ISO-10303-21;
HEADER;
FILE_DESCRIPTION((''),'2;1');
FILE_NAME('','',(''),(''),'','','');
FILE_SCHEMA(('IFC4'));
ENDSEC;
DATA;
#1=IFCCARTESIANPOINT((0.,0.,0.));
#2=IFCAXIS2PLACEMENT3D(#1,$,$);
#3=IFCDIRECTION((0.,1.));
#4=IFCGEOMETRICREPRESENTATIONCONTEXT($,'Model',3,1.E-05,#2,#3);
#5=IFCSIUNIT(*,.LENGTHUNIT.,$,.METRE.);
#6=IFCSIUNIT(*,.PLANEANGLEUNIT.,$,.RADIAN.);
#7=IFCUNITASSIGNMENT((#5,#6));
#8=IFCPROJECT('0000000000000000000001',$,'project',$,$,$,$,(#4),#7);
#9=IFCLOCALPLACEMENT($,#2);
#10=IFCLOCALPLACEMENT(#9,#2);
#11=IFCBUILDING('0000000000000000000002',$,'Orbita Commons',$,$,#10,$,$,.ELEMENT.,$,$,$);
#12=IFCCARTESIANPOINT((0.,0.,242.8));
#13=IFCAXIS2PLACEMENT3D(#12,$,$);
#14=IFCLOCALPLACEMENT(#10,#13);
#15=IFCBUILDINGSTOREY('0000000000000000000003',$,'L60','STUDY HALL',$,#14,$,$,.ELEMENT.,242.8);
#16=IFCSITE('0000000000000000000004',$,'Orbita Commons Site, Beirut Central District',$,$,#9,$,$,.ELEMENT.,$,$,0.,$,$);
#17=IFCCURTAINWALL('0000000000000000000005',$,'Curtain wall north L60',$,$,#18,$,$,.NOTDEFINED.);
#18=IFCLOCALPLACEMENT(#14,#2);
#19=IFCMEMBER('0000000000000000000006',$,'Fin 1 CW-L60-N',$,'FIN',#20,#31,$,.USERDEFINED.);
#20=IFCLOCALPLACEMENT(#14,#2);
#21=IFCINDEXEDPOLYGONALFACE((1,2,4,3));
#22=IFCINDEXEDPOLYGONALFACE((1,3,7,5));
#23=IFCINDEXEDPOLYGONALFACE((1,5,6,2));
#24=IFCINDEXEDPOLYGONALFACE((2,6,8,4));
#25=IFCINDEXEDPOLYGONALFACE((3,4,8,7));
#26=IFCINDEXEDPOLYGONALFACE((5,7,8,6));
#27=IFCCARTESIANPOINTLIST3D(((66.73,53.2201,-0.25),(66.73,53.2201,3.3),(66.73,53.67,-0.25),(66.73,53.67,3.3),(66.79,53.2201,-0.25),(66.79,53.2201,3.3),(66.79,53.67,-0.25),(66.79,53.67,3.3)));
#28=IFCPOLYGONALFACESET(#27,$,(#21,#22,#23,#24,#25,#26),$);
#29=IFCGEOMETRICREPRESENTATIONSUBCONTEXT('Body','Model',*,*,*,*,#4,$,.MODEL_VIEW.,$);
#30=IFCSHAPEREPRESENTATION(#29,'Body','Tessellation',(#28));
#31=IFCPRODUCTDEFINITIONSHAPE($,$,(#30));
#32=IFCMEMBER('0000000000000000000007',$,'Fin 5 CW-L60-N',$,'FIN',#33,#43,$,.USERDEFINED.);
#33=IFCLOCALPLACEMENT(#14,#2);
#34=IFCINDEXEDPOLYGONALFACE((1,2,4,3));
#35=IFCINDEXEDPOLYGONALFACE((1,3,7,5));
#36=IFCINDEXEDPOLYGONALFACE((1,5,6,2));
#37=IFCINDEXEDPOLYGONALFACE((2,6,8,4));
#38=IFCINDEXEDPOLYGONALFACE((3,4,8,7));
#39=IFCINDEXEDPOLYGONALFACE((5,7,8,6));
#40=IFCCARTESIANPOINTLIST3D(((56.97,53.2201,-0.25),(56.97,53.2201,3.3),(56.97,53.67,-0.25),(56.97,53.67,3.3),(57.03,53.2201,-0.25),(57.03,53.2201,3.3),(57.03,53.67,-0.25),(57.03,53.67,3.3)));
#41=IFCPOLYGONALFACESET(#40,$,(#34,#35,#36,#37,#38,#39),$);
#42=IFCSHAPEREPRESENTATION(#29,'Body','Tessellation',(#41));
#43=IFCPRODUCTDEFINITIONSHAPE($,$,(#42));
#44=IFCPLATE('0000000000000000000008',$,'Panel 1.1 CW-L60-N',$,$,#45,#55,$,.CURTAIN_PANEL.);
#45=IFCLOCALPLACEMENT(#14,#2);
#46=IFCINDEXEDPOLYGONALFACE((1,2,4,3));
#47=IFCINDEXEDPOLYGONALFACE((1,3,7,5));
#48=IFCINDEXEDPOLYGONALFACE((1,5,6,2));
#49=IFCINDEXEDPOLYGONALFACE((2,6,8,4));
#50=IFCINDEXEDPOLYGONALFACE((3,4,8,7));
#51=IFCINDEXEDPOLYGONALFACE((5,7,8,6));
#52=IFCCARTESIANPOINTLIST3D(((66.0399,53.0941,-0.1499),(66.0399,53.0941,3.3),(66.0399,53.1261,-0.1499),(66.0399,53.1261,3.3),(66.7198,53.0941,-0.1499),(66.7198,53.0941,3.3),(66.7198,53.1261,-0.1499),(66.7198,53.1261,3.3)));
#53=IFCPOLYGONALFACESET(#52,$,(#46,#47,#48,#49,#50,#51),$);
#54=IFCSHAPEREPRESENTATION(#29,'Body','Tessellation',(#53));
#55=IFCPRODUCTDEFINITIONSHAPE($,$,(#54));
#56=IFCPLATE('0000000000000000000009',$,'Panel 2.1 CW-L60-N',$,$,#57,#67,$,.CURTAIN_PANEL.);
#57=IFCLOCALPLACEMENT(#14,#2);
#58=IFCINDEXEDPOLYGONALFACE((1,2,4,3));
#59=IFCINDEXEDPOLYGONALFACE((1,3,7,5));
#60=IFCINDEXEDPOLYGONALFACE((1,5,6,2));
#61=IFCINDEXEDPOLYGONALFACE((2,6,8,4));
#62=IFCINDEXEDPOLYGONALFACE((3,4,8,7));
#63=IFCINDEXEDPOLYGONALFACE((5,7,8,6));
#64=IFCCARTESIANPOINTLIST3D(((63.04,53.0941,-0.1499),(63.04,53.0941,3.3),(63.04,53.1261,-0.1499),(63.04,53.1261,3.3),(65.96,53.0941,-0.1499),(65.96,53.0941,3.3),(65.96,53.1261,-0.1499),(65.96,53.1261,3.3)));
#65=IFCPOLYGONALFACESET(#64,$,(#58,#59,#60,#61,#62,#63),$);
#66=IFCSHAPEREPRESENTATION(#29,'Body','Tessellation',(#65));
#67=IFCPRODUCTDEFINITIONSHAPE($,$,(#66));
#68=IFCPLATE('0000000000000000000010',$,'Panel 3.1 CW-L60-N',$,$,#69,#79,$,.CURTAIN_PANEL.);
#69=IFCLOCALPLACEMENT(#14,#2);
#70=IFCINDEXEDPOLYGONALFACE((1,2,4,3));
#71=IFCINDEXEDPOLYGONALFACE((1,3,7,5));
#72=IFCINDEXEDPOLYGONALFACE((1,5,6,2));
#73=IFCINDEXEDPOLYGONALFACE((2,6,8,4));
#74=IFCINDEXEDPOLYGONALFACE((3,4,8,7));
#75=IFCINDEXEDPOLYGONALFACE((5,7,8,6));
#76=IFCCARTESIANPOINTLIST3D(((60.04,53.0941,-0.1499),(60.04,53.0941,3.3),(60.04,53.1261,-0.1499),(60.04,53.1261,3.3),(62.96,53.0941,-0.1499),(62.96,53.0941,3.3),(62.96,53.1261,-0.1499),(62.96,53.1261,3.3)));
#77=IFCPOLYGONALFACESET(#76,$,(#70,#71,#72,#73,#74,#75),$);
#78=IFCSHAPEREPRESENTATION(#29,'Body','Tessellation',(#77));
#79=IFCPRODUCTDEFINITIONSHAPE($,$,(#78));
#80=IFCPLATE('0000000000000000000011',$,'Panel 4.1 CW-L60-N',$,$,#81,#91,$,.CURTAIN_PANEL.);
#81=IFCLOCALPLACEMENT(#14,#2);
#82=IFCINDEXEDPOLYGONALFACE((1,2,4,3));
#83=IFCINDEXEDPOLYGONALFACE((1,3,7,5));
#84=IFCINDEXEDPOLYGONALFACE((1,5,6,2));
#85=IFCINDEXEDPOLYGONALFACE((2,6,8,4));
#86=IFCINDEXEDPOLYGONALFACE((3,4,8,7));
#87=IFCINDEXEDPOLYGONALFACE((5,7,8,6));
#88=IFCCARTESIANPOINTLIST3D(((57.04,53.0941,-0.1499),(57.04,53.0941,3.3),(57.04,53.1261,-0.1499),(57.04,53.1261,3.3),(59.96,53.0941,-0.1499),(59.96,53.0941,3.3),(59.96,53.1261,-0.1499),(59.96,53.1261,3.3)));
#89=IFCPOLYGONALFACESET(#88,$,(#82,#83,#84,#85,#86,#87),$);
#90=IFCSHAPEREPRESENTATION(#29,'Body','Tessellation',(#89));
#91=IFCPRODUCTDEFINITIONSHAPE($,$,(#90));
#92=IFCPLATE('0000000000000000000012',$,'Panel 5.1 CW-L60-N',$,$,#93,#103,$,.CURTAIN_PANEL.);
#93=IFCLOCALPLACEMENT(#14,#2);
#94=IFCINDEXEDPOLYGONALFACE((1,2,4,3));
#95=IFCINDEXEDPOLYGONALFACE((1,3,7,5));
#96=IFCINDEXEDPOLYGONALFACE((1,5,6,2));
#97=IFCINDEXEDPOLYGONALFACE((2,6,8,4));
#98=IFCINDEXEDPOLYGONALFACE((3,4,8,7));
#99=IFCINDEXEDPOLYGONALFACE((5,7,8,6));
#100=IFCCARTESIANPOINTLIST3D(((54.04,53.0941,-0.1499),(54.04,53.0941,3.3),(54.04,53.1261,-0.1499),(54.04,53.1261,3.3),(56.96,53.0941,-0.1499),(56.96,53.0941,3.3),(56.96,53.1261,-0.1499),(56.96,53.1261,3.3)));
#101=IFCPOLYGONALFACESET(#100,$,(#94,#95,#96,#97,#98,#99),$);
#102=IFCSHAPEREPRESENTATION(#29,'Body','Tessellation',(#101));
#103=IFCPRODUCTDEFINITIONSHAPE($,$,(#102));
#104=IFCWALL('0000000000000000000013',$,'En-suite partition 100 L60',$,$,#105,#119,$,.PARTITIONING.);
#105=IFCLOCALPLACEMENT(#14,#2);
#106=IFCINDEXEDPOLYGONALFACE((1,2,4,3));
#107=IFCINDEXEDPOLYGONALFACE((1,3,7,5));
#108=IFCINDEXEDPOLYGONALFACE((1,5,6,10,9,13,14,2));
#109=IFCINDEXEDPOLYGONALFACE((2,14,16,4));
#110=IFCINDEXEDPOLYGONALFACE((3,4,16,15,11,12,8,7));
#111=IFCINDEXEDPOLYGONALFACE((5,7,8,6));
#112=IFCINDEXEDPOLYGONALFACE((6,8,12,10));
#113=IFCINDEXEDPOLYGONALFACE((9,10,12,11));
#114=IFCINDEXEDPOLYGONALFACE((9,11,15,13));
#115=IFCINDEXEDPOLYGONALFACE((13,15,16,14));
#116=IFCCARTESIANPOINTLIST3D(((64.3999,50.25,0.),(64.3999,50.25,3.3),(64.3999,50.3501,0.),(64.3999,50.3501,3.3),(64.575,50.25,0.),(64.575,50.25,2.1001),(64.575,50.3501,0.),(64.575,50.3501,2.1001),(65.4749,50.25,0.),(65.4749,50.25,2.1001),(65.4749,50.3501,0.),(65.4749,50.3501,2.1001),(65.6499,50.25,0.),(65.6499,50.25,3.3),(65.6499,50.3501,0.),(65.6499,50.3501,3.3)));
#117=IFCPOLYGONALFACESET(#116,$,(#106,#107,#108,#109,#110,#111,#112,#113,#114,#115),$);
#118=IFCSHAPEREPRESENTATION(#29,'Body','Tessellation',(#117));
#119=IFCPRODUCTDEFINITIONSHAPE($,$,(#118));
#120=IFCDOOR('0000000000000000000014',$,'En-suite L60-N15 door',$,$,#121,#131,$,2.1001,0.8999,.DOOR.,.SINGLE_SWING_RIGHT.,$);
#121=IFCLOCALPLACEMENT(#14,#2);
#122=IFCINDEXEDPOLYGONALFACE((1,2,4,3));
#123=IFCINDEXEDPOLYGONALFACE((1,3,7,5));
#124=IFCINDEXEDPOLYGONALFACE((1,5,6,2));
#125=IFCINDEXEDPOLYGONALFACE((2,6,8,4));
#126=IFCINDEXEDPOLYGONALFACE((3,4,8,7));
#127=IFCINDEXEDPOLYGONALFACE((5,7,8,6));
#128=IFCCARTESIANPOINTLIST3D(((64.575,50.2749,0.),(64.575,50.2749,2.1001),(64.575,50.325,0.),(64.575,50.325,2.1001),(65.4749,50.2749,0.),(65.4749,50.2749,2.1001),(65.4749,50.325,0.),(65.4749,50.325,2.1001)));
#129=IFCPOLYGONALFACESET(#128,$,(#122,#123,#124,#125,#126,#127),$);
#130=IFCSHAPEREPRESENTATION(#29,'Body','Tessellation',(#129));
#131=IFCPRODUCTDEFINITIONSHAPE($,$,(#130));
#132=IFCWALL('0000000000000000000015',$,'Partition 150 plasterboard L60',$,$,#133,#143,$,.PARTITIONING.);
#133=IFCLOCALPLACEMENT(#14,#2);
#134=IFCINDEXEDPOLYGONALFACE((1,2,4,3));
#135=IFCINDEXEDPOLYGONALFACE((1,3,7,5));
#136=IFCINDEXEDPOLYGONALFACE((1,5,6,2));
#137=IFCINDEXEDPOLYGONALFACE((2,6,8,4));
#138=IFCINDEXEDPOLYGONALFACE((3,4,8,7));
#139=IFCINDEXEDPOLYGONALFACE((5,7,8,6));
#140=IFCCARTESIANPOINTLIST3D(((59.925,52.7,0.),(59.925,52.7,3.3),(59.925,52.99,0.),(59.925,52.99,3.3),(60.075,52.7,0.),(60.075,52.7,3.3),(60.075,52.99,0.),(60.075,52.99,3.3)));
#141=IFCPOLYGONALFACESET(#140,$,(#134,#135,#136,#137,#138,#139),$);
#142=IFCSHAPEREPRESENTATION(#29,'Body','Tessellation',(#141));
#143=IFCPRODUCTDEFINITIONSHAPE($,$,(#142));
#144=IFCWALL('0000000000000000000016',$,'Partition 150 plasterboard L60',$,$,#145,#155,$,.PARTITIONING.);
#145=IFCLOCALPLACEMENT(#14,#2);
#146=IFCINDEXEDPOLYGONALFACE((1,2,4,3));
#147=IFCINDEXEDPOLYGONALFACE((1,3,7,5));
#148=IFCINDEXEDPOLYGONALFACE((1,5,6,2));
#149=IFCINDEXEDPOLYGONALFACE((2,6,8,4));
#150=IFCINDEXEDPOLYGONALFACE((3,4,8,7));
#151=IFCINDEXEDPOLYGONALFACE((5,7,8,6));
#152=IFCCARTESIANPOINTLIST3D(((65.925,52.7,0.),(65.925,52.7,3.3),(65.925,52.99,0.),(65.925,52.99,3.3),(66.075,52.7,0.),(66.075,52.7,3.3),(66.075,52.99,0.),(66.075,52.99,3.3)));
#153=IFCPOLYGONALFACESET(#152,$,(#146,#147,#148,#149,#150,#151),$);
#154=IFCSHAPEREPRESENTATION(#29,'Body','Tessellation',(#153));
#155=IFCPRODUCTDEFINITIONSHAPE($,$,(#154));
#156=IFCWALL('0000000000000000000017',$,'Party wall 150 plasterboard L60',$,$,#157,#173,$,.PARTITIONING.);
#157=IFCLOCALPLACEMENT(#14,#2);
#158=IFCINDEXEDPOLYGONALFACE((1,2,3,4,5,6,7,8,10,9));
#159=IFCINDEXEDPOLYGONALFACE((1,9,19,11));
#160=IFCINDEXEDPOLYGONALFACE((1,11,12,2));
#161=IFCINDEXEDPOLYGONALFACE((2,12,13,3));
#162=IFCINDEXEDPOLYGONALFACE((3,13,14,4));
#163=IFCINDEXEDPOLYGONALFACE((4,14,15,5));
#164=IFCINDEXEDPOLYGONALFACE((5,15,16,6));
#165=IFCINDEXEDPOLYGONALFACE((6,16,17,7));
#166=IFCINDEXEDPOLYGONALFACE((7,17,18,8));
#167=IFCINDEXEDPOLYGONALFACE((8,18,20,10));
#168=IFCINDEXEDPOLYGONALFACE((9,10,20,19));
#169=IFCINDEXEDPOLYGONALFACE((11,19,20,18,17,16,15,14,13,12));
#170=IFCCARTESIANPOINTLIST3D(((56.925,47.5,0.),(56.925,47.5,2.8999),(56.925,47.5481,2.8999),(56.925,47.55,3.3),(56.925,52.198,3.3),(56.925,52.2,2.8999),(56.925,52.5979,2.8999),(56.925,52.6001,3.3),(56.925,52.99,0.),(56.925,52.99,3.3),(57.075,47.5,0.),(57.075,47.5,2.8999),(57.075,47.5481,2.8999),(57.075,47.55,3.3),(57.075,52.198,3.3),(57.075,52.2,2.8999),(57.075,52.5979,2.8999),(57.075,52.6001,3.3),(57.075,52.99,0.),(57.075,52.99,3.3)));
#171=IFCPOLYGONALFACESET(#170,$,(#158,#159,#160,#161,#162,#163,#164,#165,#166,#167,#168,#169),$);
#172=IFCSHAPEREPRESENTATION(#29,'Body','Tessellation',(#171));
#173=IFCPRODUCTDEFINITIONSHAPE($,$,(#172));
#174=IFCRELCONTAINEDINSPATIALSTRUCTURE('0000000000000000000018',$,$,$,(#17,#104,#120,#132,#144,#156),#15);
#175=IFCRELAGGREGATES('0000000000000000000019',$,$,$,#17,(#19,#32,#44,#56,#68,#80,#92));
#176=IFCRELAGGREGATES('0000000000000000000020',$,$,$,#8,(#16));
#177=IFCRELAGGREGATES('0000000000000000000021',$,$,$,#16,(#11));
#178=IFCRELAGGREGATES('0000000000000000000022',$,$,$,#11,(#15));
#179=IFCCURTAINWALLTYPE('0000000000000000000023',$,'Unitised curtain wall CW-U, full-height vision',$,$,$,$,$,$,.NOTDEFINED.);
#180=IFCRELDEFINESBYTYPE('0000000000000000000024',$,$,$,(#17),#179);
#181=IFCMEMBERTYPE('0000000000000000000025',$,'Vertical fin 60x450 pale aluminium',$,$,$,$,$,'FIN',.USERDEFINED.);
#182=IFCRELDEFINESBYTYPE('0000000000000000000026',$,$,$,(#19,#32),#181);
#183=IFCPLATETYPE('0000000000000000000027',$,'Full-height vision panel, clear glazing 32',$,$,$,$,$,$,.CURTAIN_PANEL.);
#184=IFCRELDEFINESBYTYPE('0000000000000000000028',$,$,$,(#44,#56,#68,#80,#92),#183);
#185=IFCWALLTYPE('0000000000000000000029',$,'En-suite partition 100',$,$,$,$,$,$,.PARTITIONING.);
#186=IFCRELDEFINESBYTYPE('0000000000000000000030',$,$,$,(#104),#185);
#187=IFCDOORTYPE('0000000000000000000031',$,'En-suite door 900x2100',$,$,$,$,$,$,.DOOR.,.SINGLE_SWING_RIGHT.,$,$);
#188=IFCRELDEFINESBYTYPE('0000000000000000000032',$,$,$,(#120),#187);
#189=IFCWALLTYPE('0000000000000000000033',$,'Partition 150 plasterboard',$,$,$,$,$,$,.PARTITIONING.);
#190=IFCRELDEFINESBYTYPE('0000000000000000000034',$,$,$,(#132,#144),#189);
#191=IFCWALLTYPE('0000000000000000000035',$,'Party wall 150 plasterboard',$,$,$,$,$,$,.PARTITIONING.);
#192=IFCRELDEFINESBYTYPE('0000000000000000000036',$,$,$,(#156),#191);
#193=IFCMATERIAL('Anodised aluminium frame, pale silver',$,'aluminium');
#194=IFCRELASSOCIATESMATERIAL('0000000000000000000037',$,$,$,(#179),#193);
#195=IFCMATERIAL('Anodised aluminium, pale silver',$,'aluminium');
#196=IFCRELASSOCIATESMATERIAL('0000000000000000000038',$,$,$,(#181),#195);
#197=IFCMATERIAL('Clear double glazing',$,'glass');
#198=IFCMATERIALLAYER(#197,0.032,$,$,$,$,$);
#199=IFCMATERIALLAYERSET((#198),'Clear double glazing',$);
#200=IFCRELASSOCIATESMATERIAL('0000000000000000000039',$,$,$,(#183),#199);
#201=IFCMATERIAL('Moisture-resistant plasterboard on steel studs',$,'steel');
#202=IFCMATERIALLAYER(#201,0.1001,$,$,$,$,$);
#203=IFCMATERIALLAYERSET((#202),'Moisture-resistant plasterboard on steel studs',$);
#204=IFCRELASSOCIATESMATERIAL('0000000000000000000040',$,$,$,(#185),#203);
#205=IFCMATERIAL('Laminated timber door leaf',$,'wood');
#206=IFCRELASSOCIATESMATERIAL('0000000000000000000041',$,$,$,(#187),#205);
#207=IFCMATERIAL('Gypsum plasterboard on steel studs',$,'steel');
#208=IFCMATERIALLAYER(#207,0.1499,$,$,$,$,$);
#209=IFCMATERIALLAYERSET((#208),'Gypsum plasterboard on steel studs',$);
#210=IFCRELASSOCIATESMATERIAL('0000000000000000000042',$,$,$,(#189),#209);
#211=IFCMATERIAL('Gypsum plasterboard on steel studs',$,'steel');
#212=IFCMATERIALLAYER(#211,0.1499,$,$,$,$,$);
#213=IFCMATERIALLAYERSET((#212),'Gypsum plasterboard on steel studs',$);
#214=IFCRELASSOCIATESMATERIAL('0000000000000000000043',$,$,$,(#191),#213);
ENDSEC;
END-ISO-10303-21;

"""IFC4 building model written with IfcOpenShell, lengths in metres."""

from ifc_helpers import new_model, si_unit, direction, frame, frame_2d, origin, origin_2d, place, context, subcontext, project, spatial, polyline, rectangle, outline, extrude, material, layer, layer_set, material_profile, profile_set, type_object, element, fill, aggregate, save


model = new_model("IFC4")

# Units and contexts
model_context = context("Model", 3, precision=1e-05, world=origin(), true_north=direction((0.0, 1.0)))
body_context = subcontext(model_context, "Body", "Model", "MODEL_VIEW")
ifc_project = project(units=[si_unit("LENGTHUNIT", "METRE"), si_unit("PLANEANGLEUNIT", "RADIAN")], contexts=[model_context])

# Site, building, storey
site_placement = place(None, origin())
site = spatial("IfcSite", under=ifc_project, at=site_placement, Name="Orbita Commons Site, Beirut Central District", CompositionType="ELEMENT", RefElevation=0.0)
building_placement = place(site_placement, origin())
building = spatial("IfcBuilding", under=site, at=building_placement, Name="Orbita Commons", CompositionType="ELEMENT")
storey_placement = place(building_placement, frame((0.0, 0.0, 242.8)))
storey = spatial("IfcBuildingStorey", under=building, at=storey_placement, Name="L60", Description="STUDY HALL", CompositionType="ELEMENT", Elevation=242.8)

# Curtain wall
ifc_material_1 = material(Name="Anodised aluminium frame, pale silver", Category="aluminium")
curtain_wall_type = type_object("IfcCurtainWallType", Name="Unitised curtain wall CW-U, full-height vision", PredefinedType="NOTDEFINED", material=ifc_material_1)
curtain_wall_placement = place(storey_placement, origin())
curtain_wall = element("IfcCurtainWall", 1, at=curtain_wall_placement, inside=storey, type_object=curtain_wall_type, Name="Curtain wall north L60", PredefinedType="NOTDEFINED")

# Members
ifc_material_2 = material(Name="Anodised aluminium, pale silver", Category="aluminium")
ifc_material_profile_1 = material_profile(ifc_material_2, rectangle(XDim=0.0601, YDim=0.45, at=origin_2d()), Name="FIN 60x450")
ifc_profile_set_1 = profile_set([ifc_material_profile_1], Name="Anodised aluminium, pale silver")
member_type_1 = type_object("IfcMemberType", Name="Vertical fin 60x450 pale aluminium", ElementType="FIN", PredefinedType="USERDEFINED", material=ifc_profile_set_1)
member_1_placement = place(storey_placement, frame((66.76, 53.4451, -0.25), z_axis=(0.0, 0.0, 1.0), x_axis=(-1.0, 0.0, 0.0)))
member_1 = element("IfcMember", 2, at=member_1_placement, type_object=member_type_1, Name="Fin 1 CW-L60-N", ObjectType="FIN", PredefinedType="USERDEFINED", context=body_context, shape_type="SweptSolid", body=[
    extrude(rectangle(XDim=0.0601, YDim=0.45, at=origin_2d()), origin(), (0.0, 0.0, 1.0), 3.55),
])
member_2_placement = place(storey_placement, frame((57.0, 53.4451, -0.25), z_axis=(0.0, 0.0, 1.0), x_axis=(-1.0, 0.0, 0.0)))
member_2 = element("IfcMember", 3, at=member_2_placement, type_object=member_type_1, Name="Fin 5 CW-L60-N", ObjectType="FIN", PredefinedType="USERDEFINED", context=body_context, shape_type="SweptSolid", body=[
    extrude(rectangle(XDim=0.0601, YDim=0.45, at=origin_2d()), origin(), (0.0, 0.0, 1.0), 3.55),
])

# Plates
ifc_material_3 = material(Name="Clear double glazing", Category="glass")
ifc_layer_1 = layer(ifc_material_3, 0.032)
ifc_layer_set_1 = layer_set([ifc_layer_1], Name="Clear double glazing")
plate_type = type_object("IfcPlateType", Name="Full-height vision panel, clear glazing 32", PredefinedType="CURTAIN_PANEL", material=ifc_layer_set_1)
plate_1_placement = place(storey_placement, frame((66.3799, 53.1101, -0.1499), z_axis=(0.0, 0.0, 1.0), x_axis=(-1.0, 0.0, 0.0)))
plate_1 = element("IfcPlate", 4, at=plate_1_placement, type_object=plate_type, Name="Panel 1.1 CW-L60-N", PredefinedType="CURTAIN_PANEL", context=body_context, shape_type="SweptSolid", body=[
    extrude(rectangle(XDim=0.6799, YDim=0.032, at=origin_2d()), origin(), (0.0, 0.0, 1.0), 3.45),
])
plate_2_placement = place(storey_placement, frame((64.5, 53.1101, -0.1499), z_axis=(0.0, 0.0, 1.0), x_axis=(-1.0, 0.0, 0.0)))
plate_2 = element("IfcPlate", 5, at=plate_2_placement, type_object=plate_type, Name="Panel 2.1 CW-L60-N", PredefinedType="CURTAIN_PANEL", context=body_context, shape_type="SweptSolid", body=[
    extrude(rectangle(XDim=2.9199, YDim=0.032, at=origin_2d()), origin(), (0.0, 0.0, 1.0), 3.45),
])
plate_3_placement = place(storey_placement, frame((61.5, 53.1101, -0.1499), z_axis=(0.0, 0.0, 1.0), x_axis=(-1.0, 0.0, 0.0)))
plate_3 = element("IfcPlate", 6, at=plate_3_placement, type_object=plate_type, Name="Panel 3.1 CW-L60-N", PredefinedType="CURTAIN_PANEL", context=body_context, shape_type="SweptSolid", body=[
    extrude(rectangle(XDim=2.9199, YDim=0.032, at=origin_2d()), origin(), (0.0, 0.0, 1.0), 3.45),
])
plate_4_placement = place(storey_placement, frame((58.5, 53.1101, -0.1499), z_axis=(0.0, 0.0, 1.0), x_axis=(-1.0, 0.0, 0.0)))
plate_4 = element("IfcPlate", 7, at=plate_4_placement, type_object=plate_type, Name="Panel 4.1 CW-L60-N", PredefinedType="CURTAIN_PANEL", context=body_context, shape_type="SweptSolid", body=[
    extrude(rectangle(XDim=2.9199, YDim=0.032, at=origin_2d()), origin(), (0.0, 0.0, 1.0), 3.45),
])
plate_5_placement = place(storey_placement, frame((55.5, 53.1101, -0.1499), z_axis=(0.0, 0.0, 1.0), x_axis=(-1.0, 0.0, 0.0)))
plate_5 = element("IfcPlate", 8, at=plate_5_placement, type_object=plate_type, Name="Panel 5.1 CW-L60-N", PredefinedType="CURTAIN_PANEL", context=body_context, shape_type="SweptSolid", body=[
    extrude(rectangle(XDim=2.9199, YDim=0.032, at=origin_2d()), origin(), (0.0, 0.0, 1.0), 3.45),
])
aggregate(curtain_wall, [member_1, member_2, plate_1, plate_2, plate_3, plate_4, plate_5])

# Wall, opening, door
ifc_material_4 = material(Name="Moisture-resistant plasterboard on steel studs", Category="steel")
ifc_layer_2 = layer(ifc_material_4, 0.1001)
ifc_layer_set_2 = layer_set([ifc_layer_2], Name="Moisture-resistant plasterboard on steel studs")
wall_type_1 = type_object("IfcWallType", Name="En-suite partition 100", PredefinedType="PARTITIONING", material=ifc_layer_set_2)
wall_1_placement = place(storey_placement, frame((64.3999, 50.3, 0.0), z_axis=(0.0, 0.0, 1.0), x_axis=(1.0, 0.0, 0.0)))
wall_1 = element("IfcWall", 9, at=wall_1_placement, inside=storey, type_object=wall_type_1, Name="En-suite partition 100 L60", PredefinedType="PARTITIONING", context=body_context, shape_type="SweptSolid", body=[
    extrude(rectangle(XDim=1.25, YDim=0.1001, at=frame_2d((0.625, 0.0))), origin(), (0.0, 0.0, 1.0), 3.3),
])
opening_1_placement = place(wall_1_placement, frame((0.175, 0.0, 0.0)))
opening_1 = element("IfcOpeningElement", 10, at=opening_1_placement, cuts=wall_1, PredefinedType="OPENING", context=body_context, shape_type="SweptSolid", body=[
    extrude(rectangle(XDim=0.8999, YDim=2.1001, at=frame_2d((0.45, 1.05))), frame((0.0, 0.0601, 0.0), z_axis=(0.0, -1.0, 0.0), x_axis=(1.0, 0.0, 0.0)), (0.0, 0.0, 1.0), 0.1201),
])
ifc_material_5 = material(Name="Laminated timber door leaf", Category="wood")
door_type = type_object("IfcDoorType", Name="En-suite door 900x2100", OperationType="SINGLE_SWING_RIGHT", PredefinedType="DOOR", material=ifc_material_5)
door_placement = place(opening_1_placement, origin())
door = element("IfcDoor", 11, at=door_placement, inside=storey, type_object=door_type, Name="En-suite L60-N15 door", OperationType="SINGLE_SWING_RIGHT", OverallHeight=2.1001, OverallWidth=0.8999, PredefinedType="DOOR", context=body_context, shape_type="SweptSolid", body=[
    extrude(rectangle(XDim=0.8999, YDim=2.1001, at=frame_2d((0.45, 1.05))), frame((0.0, 0.0249, 0.0), z_axis=(0.0, -1.0, 0.0), x_axis=(1.0, 0.0, 0.0)), (0.0, 0.0, 1.0), 0.05),
])
fill(opening_1, door)

# Walls
ifc_material_6 = material(Name="Gypsum plasterboard on steel studs", Category="steel")
ifc_layer_3 = layer(ifc_material_6, 0.1499)
ifc_layer_set_3 = layer_set([ifc_layer_3], Name="Gypsum plasterboard on steel studs")
wall_type_2 = type_object("IfcWallType", Name="Partition 150 plasterboard", PredefinedType="PARTITIONING", material=ifc_layer_set_3)
for number, where, z_axis, x_axis, name in (
    (12, (60.0, 52.7, 0.0), (0.0, 0.0, 1.0), (0.0, 1.0, 0.0), "Partition 150 plasterboard L60"),
    (13, (66.0, 52.7, 0.0), (0.0, 0.0, 1.0), (0.0, 1.0, 0.0), "Partition 150 plasterboard L60"),
):
    element("IfcWall", number, at=place(storey_placement, frame(where, z_axis=z_axis, x_axis=x_axis)), inside=storey, type_object=wall_type_2, Name=name, PredefinedType="PARTITIONING", context=body_context, shape_type="SweptSolid", body=[
        extrude(rectangle(XDim=0.29, YDim=0.1499, at=frame_2d((0.145, 0.0))), origin(), (0.0, 0.0, 1.0), 3.3),
    ])
ifc_material_7 = material(Name="Gypsum plasterboard on steel studs", Category="steel")
ifc_layer_4 = layer(ifc_material_7, 0.1499)
ifc_layer_set_4 = layer_set([ifc_layer_4], Name="Gypsum plasterboard on steel studs")
wall_type_3 = type_object("IfcWallType", Name="Party wall 150 plasterboard", PredefinedType="PARTITIONING", material=ifc_layer_set_4)
for number, where, z_axis, x_axis, name in (
    (14, (57.0, 52.99, 0.0), (0.0, 0.0, 1.0), (0.0, -1.0, 0.0), "Party wall 150 plasterboard L60"),
):
    element("IfcWall", number, at=place(storey_placement, frame(where, z_axis=z_axis, x_axis=x_axis)), inside=storey, type_object=wall_type_3, Name=name, PredefinedType="PARTITIONING", context=body_context, shape_type="SweptSolid", body=[
        extrude(outline(polyline([(0.0, 0.0), (5.49, 0.0), (5.49, 2.8999), (5.4419, 2.8999), (5.4399, 3.3), (0.792, 3.3), (0.79, 2.8999), (0.3921, 2.8999), (0.3899, 3.3), (0.0, 3.3), (0.0, 0.0)])), frame((0.0, 0.075, 0.0), z_axis=(0.0, -1.0, 0.0), x_axis=(1.0, 0.0, 0.0)), (0.0, 0.0, 1.0), 0.1499),
    ])

save(model, "model.ifc")
